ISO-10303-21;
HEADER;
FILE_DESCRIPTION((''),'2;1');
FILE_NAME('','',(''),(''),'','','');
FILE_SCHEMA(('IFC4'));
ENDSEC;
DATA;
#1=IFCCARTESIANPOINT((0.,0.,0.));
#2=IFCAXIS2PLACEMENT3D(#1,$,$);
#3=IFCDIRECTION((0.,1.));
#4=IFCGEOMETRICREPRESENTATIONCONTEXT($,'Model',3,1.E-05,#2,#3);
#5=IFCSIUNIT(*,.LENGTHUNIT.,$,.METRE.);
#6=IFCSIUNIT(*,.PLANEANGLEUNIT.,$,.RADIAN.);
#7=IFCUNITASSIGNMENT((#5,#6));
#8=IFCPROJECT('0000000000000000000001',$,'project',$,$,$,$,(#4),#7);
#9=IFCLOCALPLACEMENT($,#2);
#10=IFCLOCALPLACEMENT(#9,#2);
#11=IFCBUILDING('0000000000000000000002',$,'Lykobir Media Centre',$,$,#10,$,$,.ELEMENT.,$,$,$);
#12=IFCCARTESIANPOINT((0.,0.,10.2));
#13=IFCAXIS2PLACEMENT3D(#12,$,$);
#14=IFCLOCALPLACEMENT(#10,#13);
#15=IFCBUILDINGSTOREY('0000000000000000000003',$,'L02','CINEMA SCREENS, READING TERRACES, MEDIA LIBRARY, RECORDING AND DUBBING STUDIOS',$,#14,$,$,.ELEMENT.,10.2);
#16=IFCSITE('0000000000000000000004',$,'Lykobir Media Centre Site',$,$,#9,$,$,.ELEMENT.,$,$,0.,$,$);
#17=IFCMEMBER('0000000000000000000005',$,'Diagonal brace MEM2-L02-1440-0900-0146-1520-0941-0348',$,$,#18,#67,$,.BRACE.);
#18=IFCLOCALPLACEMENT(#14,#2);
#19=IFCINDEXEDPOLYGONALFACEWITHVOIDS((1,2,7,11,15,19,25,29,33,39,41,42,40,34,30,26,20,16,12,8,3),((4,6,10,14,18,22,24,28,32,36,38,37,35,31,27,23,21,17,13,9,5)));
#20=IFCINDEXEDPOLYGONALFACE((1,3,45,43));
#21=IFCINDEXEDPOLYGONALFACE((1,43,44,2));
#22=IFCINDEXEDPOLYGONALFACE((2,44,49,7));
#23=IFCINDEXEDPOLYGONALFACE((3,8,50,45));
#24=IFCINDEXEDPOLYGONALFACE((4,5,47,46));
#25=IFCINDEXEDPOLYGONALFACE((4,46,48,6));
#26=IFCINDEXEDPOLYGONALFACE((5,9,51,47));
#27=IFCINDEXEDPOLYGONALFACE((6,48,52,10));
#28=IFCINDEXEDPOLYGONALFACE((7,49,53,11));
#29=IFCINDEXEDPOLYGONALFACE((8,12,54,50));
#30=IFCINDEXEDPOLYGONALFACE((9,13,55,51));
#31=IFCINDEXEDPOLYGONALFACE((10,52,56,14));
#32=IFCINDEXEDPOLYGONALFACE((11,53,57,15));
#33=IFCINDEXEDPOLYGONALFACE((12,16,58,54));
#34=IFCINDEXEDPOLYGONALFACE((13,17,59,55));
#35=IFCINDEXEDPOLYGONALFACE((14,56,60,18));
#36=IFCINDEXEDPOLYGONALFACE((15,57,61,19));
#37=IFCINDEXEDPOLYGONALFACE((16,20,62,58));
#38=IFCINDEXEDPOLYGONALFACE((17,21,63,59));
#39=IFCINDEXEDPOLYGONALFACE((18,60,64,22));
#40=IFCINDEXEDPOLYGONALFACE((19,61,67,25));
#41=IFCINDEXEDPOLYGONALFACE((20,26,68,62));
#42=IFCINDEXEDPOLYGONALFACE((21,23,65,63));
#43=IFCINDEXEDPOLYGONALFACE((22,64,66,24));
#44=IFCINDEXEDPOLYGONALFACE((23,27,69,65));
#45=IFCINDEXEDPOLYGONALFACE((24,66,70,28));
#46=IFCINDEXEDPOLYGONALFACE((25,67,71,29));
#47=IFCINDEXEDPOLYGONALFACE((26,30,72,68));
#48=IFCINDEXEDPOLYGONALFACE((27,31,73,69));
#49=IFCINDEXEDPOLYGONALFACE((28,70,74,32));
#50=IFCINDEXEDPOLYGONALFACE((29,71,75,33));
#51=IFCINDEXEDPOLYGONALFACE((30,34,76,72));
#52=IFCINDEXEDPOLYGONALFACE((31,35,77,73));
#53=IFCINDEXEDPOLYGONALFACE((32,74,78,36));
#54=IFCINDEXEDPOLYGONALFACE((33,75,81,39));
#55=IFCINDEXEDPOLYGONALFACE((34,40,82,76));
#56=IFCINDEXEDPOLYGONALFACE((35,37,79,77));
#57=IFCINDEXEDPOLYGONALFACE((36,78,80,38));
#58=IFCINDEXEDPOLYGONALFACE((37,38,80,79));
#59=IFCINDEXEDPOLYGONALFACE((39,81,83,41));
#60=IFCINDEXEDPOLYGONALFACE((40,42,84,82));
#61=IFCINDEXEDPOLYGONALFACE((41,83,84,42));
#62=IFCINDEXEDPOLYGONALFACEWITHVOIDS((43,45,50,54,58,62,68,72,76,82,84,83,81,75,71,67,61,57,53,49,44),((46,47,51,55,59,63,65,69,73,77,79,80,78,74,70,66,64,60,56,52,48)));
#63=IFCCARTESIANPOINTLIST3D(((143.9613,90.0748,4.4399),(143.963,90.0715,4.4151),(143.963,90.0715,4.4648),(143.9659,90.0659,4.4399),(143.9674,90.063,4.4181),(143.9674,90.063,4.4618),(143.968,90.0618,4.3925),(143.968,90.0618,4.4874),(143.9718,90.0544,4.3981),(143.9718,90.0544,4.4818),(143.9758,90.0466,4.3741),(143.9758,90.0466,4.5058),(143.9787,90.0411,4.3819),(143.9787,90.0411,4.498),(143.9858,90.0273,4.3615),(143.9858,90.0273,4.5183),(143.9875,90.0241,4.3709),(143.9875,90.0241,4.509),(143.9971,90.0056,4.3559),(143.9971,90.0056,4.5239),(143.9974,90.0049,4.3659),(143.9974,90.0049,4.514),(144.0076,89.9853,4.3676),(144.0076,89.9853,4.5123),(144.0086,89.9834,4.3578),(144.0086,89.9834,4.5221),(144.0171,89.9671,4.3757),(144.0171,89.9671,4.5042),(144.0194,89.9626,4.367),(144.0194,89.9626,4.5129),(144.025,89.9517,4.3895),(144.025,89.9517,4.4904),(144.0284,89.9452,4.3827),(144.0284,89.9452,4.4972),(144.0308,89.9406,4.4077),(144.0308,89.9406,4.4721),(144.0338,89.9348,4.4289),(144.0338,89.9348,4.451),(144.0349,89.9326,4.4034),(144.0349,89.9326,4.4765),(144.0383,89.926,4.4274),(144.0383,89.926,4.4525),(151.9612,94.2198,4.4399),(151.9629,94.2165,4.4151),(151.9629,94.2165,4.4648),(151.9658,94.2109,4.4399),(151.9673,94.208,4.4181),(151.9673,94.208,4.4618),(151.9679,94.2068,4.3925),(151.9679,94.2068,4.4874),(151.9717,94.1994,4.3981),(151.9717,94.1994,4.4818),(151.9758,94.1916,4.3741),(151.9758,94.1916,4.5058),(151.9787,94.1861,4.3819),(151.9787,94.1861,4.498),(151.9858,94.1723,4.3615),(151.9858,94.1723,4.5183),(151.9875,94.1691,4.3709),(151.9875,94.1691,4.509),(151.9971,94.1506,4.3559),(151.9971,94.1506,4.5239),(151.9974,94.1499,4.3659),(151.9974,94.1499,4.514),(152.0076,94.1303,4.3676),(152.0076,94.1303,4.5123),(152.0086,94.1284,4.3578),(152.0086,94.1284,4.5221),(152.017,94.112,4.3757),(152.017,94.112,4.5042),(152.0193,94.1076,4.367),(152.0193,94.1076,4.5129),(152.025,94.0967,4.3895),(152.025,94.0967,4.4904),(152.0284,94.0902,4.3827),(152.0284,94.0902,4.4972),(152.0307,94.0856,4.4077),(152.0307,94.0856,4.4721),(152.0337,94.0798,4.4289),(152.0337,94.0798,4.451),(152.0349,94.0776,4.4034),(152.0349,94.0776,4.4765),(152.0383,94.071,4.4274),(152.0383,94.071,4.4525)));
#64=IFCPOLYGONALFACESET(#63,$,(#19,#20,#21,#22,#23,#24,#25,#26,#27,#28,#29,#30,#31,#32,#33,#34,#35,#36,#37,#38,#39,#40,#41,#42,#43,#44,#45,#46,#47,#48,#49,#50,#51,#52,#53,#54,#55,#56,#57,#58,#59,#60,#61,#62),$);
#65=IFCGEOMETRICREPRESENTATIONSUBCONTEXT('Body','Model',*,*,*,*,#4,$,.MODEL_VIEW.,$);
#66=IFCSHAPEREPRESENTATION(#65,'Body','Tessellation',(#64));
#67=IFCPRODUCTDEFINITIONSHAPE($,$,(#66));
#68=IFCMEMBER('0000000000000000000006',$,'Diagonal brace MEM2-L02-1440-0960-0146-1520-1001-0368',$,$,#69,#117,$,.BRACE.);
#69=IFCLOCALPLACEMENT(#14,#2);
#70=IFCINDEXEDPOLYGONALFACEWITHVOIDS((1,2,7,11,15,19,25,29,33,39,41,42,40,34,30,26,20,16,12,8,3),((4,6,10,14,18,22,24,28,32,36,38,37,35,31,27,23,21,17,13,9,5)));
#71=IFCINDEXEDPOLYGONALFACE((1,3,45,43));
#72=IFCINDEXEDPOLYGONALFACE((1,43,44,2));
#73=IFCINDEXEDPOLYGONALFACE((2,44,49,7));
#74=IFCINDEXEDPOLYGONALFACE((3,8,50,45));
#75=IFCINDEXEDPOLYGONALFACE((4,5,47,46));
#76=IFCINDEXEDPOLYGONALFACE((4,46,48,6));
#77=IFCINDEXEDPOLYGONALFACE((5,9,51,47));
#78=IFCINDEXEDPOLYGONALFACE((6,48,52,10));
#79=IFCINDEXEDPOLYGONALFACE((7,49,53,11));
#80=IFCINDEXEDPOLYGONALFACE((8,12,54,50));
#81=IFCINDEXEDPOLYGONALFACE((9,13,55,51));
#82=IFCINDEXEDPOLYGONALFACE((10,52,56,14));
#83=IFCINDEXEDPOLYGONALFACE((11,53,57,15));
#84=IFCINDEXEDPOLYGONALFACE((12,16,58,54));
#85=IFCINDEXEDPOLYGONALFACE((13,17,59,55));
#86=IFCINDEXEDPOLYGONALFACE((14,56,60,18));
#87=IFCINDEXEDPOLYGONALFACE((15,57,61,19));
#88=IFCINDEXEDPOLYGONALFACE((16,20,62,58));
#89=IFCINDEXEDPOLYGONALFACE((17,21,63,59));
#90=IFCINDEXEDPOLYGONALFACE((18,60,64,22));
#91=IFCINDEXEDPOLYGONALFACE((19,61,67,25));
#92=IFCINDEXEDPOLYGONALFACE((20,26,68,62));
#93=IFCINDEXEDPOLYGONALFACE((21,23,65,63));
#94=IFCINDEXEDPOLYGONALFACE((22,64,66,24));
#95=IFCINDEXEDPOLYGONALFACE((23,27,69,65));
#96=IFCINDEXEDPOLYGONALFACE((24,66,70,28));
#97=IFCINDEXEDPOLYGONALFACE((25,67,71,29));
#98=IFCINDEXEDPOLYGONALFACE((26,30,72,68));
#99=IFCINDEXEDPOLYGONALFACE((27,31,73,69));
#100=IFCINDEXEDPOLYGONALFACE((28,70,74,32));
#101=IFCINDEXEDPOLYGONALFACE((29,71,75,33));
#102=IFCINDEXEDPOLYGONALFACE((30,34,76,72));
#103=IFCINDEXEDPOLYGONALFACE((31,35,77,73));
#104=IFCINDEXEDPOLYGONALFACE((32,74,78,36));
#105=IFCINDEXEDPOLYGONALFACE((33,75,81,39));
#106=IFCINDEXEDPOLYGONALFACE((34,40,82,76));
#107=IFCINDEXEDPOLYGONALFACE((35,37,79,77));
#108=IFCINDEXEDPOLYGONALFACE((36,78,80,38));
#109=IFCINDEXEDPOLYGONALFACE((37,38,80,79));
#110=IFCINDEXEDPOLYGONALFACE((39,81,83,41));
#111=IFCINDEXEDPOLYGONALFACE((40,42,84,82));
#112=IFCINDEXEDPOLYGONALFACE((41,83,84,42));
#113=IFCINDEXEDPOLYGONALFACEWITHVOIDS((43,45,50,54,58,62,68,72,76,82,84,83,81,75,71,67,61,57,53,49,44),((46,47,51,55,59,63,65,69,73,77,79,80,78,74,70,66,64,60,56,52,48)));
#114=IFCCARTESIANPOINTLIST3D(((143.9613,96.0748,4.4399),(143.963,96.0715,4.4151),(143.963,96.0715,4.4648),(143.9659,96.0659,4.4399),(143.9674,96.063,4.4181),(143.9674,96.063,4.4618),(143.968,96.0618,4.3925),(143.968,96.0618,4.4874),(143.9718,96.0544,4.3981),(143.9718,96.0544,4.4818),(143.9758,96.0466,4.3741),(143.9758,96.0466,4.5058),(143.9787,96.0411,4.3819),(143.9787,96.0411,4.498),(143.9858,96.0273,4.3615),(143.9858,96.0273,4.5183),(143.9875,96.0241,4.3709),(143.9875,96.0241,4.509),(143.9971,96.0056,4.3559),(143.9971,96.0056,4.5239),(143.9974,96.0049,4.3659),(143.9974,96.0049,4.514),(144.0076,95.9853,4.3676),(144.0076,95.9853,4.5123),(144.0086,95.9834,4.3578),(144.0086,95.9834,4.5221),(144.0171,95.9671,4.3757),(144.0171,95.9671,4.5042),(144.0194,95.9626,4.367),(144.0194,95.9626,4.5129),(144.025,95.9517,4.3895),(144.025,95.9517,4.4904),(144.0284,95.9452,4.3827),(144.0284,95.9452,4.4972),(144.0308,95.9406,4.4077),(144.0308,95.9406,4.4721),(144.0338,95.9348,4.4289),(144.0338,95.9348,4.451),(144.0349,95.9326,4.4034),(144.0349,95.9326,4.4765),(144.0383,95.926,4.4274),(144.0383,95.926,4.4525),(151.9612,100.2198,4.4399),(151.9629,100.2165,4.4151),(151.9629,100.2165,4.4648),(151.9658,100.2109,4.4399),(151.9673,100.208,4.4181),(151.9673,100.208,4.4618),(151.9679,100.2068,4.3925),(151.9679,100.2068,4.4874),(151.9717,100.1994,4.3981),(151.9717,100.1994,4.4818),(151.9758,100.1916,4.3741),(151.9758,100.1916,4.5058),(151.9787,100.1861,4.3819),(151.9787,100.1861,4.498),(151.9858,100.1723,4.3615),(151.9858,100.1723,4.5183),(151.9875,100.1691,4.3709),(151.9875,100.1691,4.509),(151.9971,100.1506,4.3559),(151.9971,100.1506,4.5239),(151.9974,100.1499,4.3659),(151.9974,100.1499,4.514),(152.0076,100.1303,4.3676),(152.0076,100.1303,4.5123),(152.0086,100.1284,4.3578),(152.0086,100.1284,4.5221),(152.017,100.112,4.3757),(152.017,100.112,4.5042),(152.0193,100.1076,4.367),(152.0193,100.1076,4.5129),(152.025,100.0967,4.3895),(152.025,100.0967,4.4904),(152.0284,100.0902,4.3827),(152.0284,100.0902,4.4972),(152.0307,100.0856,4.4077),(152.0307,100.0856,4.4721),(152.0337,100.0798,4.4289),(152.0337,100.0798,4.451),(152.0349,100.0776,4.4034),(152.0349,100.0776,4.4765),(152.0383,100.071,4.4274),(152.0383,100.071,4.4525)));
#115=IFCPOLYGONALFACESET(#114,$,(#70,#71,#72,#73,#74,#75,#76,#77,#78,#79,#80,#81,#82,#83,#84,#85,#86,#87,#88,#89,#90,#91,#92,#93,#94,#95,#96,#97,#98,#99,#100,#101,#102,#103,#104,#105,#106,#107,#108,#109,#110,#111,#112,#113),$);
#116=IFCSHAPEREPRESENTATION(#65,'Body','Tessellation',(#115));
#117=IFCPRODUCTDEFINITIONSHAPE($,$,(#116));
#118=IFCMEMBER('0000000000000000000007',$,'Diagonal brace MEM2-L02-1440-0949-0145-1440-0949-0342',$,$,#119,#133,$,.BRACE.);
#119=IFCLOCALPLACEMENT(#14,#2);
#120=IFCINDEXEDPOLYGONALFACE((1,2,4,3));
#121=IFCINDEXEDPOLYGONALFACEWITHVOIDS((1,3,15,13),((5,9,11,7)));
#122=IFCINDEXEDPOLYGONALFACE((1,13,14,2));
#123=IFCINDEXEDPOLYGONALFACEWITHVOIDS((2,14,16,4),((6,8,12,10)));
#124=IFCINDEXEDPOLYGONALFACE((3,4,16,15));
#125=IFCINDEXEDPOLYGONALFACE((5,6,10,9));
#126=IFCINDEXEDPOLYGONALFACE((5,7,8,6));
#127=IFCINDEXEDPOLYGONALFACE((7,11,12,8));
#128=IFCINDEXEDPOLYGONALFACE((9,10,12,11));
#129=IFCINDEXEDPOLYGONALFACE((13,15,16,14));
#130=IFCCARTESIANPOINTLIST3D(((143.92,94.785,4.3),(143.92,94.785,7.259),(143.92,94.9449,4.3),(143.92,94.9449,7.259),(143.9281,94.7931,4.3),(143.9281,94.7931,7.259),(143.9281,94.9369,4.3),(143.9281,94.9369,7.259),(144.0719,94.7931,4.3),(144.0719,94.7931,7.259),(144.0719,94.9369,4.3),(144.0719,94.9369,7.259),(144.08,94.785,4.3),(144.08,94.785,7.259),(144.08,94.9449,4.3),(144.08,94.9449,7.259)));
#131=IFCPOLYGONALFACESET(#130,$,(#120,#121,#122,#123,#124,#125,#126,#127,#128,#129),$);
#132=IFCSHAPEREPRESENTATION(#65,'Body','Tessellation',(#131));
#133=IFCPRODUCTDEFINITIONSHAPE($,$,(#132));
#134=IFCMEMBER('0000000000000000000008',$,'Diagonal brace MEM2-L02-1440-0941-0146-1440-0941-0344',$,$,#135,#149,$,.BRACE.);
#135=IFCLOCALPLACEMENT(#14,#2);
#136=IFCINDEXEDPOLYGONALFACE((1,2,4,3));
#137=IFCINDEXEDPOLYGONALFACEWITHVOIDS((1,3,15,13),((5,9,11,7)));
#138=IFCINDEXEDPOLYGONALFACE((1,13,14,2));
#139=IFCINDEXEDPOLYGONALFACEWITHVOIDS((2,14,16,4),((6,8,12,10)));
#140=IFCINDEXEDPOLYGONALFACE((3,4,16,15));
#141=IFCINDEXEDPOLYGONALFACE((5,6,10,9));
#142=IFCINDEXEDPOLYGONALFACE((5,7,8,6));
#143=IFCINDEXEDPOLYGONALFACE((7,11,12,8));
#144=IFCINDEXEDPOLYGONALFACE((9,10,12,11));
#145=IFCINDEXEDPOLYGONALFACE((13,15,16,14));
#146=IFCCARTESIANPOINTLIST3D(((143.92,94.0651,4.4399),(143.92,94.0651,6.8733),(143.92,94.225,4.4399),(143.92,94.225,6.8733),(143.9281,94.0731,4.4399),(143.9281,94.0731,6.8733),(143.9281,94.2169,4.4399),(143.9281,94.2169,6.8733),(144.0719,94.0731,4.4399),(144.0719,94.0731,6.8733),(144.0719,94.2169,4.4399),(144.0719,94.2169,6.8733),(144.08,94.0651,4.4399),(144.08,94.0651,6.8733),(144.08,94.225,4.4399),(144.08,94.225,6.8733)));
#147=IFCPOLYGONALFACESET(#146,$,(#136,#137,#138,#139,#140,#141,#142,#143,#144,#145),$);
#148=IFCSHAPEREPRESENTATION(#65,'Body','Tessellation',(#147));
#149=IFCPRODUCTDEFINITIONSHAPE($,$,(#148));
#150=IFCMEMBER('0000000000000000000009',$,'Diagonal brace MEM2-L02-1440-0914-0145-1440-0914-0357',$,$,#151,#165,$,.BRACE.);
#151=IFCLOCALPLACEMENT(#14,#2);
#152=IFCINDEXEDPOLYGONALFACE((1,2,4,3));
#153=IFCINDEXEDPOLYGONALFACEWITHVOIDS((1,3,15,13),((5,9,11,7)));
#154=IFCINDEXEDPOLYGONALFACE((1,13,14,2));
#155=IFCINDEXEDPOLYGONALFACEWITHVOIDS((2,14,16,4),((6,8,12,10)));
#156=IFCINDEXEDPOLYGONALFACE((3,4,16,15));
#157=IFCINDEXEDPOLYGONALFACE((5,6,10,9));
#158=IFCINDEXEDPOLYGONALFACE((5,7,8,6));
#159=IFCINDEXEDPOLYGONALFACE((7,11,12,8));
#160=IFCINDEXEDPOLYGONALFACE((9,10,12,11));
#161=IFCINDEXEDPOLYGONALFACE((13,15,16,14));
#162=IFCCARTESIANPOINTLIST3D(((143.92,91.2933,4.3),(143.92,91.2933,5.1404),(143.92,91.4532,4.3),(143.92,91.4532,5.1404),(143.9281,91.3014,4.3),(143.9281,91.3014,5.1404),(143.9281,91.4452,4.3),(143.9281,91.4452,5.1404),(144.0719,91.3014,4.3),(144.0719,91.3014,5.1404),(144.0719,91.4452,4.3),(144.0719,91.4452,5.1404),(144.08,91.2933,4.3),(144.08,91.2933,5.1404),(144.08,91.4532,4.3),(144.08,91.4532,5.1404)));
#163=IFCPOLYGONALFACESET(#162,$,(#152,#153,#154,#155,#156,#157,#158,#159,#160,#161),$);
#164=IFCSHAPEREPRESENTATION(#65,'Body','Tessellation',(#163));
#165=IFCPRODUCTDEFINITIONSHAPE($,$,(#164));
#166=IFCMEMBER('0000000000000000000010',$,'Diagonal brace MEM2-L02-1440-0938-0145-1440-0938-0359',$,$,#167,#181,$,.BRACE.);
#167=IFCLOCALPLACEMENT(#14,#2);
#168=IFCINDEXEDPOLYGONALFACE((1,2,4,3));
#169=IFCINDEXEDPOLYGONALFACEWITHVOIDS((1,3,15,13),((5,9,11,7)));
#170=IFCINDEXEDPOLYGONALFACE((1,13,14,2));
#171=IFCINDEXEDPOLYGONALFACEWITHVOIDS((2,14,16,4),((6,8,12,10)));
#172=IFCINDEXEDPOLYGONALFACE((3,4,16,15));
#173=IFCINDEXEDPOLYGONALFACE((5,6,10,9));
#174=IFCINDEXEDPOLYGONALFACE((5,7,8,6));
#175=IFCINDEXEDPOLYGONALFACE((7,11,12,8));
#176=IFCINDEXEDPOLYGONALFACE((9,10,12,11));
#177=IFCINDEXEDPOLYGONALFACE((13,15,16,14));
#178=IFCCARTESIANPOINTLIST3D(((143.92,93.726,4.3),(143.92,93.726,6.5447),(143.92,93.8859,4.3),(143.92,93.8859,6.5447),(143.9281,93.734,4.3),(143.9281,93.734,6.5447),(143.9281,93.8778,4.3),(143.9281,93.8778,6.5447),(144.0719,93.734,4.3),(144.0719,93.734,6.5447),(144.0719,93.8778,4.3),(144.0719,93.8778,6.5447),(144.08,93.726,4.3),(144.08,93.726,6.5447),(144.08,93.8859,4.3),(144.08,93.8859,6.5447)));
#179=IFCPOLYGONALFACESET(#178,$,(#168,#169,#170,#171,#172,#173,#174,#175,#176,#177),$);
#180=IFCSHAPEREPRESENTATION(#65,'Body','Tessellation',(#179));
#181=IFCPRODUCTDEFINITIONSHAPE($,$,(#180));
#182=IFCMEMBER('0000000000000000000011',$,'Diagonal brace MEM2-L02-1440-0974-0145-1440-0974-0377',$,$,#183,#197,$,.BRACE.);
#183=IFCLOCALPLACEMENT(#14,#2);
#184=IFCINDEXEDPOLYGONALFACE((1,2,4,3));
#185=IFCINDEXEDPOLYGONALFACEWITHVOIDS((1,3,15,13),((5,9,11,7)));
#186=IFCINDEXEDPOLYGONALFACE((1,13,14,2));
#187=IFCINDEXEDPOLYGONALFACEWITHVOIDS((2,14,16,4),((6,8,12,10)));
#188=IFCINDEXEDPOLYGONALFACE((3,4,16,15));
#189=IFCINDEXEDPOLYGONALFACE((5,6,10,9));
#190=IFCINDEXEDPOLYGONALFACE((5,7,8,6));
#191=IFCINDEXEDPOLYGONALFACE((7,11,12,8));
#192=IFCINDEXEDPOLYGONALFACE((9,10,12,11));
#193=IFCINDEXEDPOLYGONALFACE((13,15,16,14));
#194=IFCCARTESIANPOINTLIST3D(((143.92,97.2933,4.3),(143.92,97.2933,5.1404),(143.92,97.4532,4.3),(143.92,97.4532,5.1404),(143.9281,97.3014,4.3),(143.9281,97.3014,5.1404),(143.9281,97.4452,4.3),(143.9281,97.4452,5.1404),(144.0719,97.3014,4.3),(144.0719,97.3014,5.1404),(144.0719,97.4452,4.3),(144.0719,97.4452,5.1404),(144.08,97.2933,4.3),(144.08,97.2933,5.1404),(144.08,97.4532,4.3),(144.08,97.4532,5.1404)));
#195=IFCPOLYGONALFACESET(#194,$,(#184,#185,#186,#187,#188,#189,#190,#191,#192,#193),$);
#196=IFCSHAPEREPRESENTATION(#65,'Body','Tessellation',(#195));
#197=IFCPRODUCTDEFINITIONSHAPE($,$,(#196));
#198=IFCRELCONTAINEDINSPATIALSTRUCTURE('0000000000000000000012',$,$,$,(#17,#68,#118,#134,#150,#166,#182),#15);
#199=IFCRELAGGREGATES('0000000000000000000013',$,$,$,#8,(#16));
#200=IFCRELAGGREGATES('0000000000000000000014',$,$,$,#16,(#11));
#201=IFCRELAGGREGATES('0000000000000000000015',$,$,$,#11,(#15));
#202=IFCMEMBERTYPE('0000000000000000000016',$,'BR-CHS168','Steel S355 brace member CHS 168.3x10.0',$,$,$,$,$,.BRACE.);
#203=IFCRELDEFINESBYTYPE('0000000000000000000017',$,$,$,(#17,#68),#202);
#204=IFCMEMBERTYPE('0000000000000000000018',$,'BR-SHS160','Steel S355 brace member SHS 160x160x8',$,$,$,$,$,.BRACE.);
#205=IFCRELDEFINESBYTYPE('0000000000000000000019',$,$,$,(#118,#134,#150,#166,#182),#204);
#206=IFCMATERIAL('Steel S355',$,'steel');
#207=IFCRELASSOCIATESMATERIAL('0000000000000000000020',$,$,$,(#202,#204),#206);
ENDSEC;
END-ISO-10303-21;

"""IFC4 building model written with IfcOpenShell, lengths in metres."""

from ifc_helpers import new_model, si_unit, direction, frame, origin, origin_2d, place, context, subcontext, project, spatial, hollow_rectangle, hollow_circle, extrude, material, material_profile, profile_set, type_object, element, save


model = new_model("IFC4")

# Units and contexts
model_context = context("Model", 3, precision=1e-05, world=origin(), true_north=direction((0.0, 1.0)))
body_context = subcontext(model_context, "Body", "Model", "MODEL_VIEW")
ifc_project = project(units=[si_unit("LENGTHUNIT", "METRE"), si_unit("PLANEANGLEUNIT", "RADIAN")], contexts=[model_context])

# Site, building, storey
site_placement = place(None, origin())
site = spatial("IfcSite", under=ifc_project, at=site_placement, Name="Lykobir Media Centre Site", CompositionType="ELEMENT", RefElevation=0.0)
building_placement = place(site_placement, origin())
building = spatial("IfcBuilding", under=site, at=building_placement, Name="Lykobir Media Centre", CompositionType="ELEMENT")
storey_placement = place(building_placement, frame((0.0, 0.0, 10.2)))
storey = spatial("IfcBuildingStorey", under=building, at=storey_placement, Name="L02", Description="CINEMA SCREENS, READING TERRACES, MEDIA LIBRARY, RECORDING AND DUBBING STUDIOS", CompositionType="ELEMENT", Elevation=10.2)

# Members
ifc_material = material(Name="Steel S355", Category="steel")
ifc_material_profile_1 = material_profile(ifc_material, hollow_circle(Radius=0.0842, WallThickness=0.01, at=origin_2d()), Name="CHS 168.3x10.0")
ifc_profile_set_1 = profile_set([ifc_material_profile_1], Name="Steel S355")
member_type_1 = type_object("IfcMemberType", Name="BR-CHS168", Description="Steel S355 brace member CHS 168.3x10.0", PredefinedType="BRACE", material=ifc_profile_set_1)
for number, where, z_axis, x_axis, name in (
    (1, (144.0, 90.0, 4.4399), (0.887896, 0.460043, 0.0), (-0.460043, 0.887896, 0.0), "Diagonal brace MEM2-L02-1440-0900-0146-1520-0941-0348"),
    (2, (144.0, 96.0, 4.4399), (0.887896, 0.460043, 0.0), (-0.460043, 0.887896, 0.0), "Diagonal brace MEM2-L02-1440-0960-0146-1520-1001-0368"),
):
    element("IfcMember", number, at=place(storey_placement, frame(where, z_axis=z_axis, x_axis=x_axis)), inside=storey, type_object=member_type_1, Name=name, PredefinedType="BRACE", context=body_context, shape_type="SweptSolid", body=[
        extrude(hollow_circle(Radius=0.0842, WallThickness=0.01, at=origin_2d()), origin(), (0.0, 0.0, 1.0), 9.01),
    ])
ifc_material_profile_2 = material_profile(ifc_material, hollow_rectangle(XDim=0.1599, YDim=0.1599, WallThickness=0.0081, at=origin_2d()), Name="SHS 160x160x8")
ifc_profile_set_2 = profile_set([ifc_material_profile_2], Name="Steel S355")
member_type_2 = type_object("IfcMemberType", Name="BR-SHS160", Description="Steel S355 brace member SHS 160x160x8", PredefinedType="BRACE", material=ifc_profile_set_2)
member_1_placement = place(storey_placement, frame((144.0, 94.865, 4.3), z_axis=(0.0, 0.0, 1.0), x_axis=(1.0, 0.0, 0.0)))
element("IfcMember", 3, at=member_1_placement, inside=storey, type_object=member_type_2, Name="Diagonal brace MEM2-L02-1440-0949-0145-1440-0949-0342", PredefinedType="BRACE", context=body_context, shape_type="SweptSolid", body=[
    extrude(hollow_rectangle(XDim=0.1599, YDim=0.1599, WallThickness=0.0081, at=origin_2d()), origin(), (0.0, 0.0, 1.0), 2.959),
])
member_2_placement = place(storey_placement, frame((144.0, 94.145, 4.4399), z_axis=(0.0, 0.0, 1.0), x_axis=(1.0, 0.0, 0.0)))
element("IfcMember", 4, at=member_2_placement, inside=storey, type_object=member_type_2, Name="Diagonal brace MEM2-L02-1440-0941-0146-1440-0941-0344", PredefinedType="BRACE", context=body_context, shape_type="SweptSolid", body=[
    extrude(hollow_rectangle(XDim=0.1599, YDim=0.1599, WallThickness=0.0081, at=origin_2d()), origin(), (0.0, 0.0, 1.0), 2.4333),
])
member_3_placement = place(storey_placement, frame((144.0, 91.3733, 4.3), z_axis=(0.0, 0.0, 1.0), x_axis=(1.0, 0.0, 0.0)))
element("IfcMember", 5, at=member_3_placement, inside=storey, type_object=member_type_2, Name="Diagonal brace MEM2-L02-1440-0914-0145-1440-0914-0357", PredefinedType="BRACE", context=body_context, shape_type="SweptSolid", body=[
    extrude(hollow_rectangle(XDim=0.1599, YDim=0.1599, WallThickness=0.0081, at=origin_2d()), origin(), (0.0, 0.0, 1.0), 0.8403),
])
member_4_placement = place(storey_placement, frame((144.0, 93.8059, 4.3), z_axis=(0.0, 0.0, 1.0), x_axis=(1.0, 0.0, 0.0)))
element("IfcMember", 6, at=member_4_placement, inside=storey, type_object=member_type_2, Name="Diagonal brace MEM2-L02-1440-0938-0145-1440-0938-0359", PredefinedType="BRACE", context=body_context, shape_type="SweptSolid", body=[
    extrude(hollow_rectangle(XDim=0.1599, YDim=0.1599, WallThickness=0.0081, at=origin_2d()), origin(), (0.0, 0.0, 1.0), 2.2446),
])
member_5_placement = place(storey_placement, frame((144.0, 97.3733, 4.3), z_axis=(0.0, 0.0, 1.0), x_axis=(1.0, 0.0, 0.0)))
element("IfcMember", 7, at=member_5_placement, inside=storey, type_object=member_type_2, Name="Diagonal brace MEM2-L02-1440-0974-0145-1440-0974-0377", PredefinedType="BRACE", context=body_context, shape_type="SweptSolid", body=[
    extrude(hollow_rectangle(XDim=0.1599, YDim=0.1599, WallThickness=0.0081, at=origin_2d()), origin(), (0.0, 0.0, 1.0), 0.8403),
])

save(model, "model.ifc")
